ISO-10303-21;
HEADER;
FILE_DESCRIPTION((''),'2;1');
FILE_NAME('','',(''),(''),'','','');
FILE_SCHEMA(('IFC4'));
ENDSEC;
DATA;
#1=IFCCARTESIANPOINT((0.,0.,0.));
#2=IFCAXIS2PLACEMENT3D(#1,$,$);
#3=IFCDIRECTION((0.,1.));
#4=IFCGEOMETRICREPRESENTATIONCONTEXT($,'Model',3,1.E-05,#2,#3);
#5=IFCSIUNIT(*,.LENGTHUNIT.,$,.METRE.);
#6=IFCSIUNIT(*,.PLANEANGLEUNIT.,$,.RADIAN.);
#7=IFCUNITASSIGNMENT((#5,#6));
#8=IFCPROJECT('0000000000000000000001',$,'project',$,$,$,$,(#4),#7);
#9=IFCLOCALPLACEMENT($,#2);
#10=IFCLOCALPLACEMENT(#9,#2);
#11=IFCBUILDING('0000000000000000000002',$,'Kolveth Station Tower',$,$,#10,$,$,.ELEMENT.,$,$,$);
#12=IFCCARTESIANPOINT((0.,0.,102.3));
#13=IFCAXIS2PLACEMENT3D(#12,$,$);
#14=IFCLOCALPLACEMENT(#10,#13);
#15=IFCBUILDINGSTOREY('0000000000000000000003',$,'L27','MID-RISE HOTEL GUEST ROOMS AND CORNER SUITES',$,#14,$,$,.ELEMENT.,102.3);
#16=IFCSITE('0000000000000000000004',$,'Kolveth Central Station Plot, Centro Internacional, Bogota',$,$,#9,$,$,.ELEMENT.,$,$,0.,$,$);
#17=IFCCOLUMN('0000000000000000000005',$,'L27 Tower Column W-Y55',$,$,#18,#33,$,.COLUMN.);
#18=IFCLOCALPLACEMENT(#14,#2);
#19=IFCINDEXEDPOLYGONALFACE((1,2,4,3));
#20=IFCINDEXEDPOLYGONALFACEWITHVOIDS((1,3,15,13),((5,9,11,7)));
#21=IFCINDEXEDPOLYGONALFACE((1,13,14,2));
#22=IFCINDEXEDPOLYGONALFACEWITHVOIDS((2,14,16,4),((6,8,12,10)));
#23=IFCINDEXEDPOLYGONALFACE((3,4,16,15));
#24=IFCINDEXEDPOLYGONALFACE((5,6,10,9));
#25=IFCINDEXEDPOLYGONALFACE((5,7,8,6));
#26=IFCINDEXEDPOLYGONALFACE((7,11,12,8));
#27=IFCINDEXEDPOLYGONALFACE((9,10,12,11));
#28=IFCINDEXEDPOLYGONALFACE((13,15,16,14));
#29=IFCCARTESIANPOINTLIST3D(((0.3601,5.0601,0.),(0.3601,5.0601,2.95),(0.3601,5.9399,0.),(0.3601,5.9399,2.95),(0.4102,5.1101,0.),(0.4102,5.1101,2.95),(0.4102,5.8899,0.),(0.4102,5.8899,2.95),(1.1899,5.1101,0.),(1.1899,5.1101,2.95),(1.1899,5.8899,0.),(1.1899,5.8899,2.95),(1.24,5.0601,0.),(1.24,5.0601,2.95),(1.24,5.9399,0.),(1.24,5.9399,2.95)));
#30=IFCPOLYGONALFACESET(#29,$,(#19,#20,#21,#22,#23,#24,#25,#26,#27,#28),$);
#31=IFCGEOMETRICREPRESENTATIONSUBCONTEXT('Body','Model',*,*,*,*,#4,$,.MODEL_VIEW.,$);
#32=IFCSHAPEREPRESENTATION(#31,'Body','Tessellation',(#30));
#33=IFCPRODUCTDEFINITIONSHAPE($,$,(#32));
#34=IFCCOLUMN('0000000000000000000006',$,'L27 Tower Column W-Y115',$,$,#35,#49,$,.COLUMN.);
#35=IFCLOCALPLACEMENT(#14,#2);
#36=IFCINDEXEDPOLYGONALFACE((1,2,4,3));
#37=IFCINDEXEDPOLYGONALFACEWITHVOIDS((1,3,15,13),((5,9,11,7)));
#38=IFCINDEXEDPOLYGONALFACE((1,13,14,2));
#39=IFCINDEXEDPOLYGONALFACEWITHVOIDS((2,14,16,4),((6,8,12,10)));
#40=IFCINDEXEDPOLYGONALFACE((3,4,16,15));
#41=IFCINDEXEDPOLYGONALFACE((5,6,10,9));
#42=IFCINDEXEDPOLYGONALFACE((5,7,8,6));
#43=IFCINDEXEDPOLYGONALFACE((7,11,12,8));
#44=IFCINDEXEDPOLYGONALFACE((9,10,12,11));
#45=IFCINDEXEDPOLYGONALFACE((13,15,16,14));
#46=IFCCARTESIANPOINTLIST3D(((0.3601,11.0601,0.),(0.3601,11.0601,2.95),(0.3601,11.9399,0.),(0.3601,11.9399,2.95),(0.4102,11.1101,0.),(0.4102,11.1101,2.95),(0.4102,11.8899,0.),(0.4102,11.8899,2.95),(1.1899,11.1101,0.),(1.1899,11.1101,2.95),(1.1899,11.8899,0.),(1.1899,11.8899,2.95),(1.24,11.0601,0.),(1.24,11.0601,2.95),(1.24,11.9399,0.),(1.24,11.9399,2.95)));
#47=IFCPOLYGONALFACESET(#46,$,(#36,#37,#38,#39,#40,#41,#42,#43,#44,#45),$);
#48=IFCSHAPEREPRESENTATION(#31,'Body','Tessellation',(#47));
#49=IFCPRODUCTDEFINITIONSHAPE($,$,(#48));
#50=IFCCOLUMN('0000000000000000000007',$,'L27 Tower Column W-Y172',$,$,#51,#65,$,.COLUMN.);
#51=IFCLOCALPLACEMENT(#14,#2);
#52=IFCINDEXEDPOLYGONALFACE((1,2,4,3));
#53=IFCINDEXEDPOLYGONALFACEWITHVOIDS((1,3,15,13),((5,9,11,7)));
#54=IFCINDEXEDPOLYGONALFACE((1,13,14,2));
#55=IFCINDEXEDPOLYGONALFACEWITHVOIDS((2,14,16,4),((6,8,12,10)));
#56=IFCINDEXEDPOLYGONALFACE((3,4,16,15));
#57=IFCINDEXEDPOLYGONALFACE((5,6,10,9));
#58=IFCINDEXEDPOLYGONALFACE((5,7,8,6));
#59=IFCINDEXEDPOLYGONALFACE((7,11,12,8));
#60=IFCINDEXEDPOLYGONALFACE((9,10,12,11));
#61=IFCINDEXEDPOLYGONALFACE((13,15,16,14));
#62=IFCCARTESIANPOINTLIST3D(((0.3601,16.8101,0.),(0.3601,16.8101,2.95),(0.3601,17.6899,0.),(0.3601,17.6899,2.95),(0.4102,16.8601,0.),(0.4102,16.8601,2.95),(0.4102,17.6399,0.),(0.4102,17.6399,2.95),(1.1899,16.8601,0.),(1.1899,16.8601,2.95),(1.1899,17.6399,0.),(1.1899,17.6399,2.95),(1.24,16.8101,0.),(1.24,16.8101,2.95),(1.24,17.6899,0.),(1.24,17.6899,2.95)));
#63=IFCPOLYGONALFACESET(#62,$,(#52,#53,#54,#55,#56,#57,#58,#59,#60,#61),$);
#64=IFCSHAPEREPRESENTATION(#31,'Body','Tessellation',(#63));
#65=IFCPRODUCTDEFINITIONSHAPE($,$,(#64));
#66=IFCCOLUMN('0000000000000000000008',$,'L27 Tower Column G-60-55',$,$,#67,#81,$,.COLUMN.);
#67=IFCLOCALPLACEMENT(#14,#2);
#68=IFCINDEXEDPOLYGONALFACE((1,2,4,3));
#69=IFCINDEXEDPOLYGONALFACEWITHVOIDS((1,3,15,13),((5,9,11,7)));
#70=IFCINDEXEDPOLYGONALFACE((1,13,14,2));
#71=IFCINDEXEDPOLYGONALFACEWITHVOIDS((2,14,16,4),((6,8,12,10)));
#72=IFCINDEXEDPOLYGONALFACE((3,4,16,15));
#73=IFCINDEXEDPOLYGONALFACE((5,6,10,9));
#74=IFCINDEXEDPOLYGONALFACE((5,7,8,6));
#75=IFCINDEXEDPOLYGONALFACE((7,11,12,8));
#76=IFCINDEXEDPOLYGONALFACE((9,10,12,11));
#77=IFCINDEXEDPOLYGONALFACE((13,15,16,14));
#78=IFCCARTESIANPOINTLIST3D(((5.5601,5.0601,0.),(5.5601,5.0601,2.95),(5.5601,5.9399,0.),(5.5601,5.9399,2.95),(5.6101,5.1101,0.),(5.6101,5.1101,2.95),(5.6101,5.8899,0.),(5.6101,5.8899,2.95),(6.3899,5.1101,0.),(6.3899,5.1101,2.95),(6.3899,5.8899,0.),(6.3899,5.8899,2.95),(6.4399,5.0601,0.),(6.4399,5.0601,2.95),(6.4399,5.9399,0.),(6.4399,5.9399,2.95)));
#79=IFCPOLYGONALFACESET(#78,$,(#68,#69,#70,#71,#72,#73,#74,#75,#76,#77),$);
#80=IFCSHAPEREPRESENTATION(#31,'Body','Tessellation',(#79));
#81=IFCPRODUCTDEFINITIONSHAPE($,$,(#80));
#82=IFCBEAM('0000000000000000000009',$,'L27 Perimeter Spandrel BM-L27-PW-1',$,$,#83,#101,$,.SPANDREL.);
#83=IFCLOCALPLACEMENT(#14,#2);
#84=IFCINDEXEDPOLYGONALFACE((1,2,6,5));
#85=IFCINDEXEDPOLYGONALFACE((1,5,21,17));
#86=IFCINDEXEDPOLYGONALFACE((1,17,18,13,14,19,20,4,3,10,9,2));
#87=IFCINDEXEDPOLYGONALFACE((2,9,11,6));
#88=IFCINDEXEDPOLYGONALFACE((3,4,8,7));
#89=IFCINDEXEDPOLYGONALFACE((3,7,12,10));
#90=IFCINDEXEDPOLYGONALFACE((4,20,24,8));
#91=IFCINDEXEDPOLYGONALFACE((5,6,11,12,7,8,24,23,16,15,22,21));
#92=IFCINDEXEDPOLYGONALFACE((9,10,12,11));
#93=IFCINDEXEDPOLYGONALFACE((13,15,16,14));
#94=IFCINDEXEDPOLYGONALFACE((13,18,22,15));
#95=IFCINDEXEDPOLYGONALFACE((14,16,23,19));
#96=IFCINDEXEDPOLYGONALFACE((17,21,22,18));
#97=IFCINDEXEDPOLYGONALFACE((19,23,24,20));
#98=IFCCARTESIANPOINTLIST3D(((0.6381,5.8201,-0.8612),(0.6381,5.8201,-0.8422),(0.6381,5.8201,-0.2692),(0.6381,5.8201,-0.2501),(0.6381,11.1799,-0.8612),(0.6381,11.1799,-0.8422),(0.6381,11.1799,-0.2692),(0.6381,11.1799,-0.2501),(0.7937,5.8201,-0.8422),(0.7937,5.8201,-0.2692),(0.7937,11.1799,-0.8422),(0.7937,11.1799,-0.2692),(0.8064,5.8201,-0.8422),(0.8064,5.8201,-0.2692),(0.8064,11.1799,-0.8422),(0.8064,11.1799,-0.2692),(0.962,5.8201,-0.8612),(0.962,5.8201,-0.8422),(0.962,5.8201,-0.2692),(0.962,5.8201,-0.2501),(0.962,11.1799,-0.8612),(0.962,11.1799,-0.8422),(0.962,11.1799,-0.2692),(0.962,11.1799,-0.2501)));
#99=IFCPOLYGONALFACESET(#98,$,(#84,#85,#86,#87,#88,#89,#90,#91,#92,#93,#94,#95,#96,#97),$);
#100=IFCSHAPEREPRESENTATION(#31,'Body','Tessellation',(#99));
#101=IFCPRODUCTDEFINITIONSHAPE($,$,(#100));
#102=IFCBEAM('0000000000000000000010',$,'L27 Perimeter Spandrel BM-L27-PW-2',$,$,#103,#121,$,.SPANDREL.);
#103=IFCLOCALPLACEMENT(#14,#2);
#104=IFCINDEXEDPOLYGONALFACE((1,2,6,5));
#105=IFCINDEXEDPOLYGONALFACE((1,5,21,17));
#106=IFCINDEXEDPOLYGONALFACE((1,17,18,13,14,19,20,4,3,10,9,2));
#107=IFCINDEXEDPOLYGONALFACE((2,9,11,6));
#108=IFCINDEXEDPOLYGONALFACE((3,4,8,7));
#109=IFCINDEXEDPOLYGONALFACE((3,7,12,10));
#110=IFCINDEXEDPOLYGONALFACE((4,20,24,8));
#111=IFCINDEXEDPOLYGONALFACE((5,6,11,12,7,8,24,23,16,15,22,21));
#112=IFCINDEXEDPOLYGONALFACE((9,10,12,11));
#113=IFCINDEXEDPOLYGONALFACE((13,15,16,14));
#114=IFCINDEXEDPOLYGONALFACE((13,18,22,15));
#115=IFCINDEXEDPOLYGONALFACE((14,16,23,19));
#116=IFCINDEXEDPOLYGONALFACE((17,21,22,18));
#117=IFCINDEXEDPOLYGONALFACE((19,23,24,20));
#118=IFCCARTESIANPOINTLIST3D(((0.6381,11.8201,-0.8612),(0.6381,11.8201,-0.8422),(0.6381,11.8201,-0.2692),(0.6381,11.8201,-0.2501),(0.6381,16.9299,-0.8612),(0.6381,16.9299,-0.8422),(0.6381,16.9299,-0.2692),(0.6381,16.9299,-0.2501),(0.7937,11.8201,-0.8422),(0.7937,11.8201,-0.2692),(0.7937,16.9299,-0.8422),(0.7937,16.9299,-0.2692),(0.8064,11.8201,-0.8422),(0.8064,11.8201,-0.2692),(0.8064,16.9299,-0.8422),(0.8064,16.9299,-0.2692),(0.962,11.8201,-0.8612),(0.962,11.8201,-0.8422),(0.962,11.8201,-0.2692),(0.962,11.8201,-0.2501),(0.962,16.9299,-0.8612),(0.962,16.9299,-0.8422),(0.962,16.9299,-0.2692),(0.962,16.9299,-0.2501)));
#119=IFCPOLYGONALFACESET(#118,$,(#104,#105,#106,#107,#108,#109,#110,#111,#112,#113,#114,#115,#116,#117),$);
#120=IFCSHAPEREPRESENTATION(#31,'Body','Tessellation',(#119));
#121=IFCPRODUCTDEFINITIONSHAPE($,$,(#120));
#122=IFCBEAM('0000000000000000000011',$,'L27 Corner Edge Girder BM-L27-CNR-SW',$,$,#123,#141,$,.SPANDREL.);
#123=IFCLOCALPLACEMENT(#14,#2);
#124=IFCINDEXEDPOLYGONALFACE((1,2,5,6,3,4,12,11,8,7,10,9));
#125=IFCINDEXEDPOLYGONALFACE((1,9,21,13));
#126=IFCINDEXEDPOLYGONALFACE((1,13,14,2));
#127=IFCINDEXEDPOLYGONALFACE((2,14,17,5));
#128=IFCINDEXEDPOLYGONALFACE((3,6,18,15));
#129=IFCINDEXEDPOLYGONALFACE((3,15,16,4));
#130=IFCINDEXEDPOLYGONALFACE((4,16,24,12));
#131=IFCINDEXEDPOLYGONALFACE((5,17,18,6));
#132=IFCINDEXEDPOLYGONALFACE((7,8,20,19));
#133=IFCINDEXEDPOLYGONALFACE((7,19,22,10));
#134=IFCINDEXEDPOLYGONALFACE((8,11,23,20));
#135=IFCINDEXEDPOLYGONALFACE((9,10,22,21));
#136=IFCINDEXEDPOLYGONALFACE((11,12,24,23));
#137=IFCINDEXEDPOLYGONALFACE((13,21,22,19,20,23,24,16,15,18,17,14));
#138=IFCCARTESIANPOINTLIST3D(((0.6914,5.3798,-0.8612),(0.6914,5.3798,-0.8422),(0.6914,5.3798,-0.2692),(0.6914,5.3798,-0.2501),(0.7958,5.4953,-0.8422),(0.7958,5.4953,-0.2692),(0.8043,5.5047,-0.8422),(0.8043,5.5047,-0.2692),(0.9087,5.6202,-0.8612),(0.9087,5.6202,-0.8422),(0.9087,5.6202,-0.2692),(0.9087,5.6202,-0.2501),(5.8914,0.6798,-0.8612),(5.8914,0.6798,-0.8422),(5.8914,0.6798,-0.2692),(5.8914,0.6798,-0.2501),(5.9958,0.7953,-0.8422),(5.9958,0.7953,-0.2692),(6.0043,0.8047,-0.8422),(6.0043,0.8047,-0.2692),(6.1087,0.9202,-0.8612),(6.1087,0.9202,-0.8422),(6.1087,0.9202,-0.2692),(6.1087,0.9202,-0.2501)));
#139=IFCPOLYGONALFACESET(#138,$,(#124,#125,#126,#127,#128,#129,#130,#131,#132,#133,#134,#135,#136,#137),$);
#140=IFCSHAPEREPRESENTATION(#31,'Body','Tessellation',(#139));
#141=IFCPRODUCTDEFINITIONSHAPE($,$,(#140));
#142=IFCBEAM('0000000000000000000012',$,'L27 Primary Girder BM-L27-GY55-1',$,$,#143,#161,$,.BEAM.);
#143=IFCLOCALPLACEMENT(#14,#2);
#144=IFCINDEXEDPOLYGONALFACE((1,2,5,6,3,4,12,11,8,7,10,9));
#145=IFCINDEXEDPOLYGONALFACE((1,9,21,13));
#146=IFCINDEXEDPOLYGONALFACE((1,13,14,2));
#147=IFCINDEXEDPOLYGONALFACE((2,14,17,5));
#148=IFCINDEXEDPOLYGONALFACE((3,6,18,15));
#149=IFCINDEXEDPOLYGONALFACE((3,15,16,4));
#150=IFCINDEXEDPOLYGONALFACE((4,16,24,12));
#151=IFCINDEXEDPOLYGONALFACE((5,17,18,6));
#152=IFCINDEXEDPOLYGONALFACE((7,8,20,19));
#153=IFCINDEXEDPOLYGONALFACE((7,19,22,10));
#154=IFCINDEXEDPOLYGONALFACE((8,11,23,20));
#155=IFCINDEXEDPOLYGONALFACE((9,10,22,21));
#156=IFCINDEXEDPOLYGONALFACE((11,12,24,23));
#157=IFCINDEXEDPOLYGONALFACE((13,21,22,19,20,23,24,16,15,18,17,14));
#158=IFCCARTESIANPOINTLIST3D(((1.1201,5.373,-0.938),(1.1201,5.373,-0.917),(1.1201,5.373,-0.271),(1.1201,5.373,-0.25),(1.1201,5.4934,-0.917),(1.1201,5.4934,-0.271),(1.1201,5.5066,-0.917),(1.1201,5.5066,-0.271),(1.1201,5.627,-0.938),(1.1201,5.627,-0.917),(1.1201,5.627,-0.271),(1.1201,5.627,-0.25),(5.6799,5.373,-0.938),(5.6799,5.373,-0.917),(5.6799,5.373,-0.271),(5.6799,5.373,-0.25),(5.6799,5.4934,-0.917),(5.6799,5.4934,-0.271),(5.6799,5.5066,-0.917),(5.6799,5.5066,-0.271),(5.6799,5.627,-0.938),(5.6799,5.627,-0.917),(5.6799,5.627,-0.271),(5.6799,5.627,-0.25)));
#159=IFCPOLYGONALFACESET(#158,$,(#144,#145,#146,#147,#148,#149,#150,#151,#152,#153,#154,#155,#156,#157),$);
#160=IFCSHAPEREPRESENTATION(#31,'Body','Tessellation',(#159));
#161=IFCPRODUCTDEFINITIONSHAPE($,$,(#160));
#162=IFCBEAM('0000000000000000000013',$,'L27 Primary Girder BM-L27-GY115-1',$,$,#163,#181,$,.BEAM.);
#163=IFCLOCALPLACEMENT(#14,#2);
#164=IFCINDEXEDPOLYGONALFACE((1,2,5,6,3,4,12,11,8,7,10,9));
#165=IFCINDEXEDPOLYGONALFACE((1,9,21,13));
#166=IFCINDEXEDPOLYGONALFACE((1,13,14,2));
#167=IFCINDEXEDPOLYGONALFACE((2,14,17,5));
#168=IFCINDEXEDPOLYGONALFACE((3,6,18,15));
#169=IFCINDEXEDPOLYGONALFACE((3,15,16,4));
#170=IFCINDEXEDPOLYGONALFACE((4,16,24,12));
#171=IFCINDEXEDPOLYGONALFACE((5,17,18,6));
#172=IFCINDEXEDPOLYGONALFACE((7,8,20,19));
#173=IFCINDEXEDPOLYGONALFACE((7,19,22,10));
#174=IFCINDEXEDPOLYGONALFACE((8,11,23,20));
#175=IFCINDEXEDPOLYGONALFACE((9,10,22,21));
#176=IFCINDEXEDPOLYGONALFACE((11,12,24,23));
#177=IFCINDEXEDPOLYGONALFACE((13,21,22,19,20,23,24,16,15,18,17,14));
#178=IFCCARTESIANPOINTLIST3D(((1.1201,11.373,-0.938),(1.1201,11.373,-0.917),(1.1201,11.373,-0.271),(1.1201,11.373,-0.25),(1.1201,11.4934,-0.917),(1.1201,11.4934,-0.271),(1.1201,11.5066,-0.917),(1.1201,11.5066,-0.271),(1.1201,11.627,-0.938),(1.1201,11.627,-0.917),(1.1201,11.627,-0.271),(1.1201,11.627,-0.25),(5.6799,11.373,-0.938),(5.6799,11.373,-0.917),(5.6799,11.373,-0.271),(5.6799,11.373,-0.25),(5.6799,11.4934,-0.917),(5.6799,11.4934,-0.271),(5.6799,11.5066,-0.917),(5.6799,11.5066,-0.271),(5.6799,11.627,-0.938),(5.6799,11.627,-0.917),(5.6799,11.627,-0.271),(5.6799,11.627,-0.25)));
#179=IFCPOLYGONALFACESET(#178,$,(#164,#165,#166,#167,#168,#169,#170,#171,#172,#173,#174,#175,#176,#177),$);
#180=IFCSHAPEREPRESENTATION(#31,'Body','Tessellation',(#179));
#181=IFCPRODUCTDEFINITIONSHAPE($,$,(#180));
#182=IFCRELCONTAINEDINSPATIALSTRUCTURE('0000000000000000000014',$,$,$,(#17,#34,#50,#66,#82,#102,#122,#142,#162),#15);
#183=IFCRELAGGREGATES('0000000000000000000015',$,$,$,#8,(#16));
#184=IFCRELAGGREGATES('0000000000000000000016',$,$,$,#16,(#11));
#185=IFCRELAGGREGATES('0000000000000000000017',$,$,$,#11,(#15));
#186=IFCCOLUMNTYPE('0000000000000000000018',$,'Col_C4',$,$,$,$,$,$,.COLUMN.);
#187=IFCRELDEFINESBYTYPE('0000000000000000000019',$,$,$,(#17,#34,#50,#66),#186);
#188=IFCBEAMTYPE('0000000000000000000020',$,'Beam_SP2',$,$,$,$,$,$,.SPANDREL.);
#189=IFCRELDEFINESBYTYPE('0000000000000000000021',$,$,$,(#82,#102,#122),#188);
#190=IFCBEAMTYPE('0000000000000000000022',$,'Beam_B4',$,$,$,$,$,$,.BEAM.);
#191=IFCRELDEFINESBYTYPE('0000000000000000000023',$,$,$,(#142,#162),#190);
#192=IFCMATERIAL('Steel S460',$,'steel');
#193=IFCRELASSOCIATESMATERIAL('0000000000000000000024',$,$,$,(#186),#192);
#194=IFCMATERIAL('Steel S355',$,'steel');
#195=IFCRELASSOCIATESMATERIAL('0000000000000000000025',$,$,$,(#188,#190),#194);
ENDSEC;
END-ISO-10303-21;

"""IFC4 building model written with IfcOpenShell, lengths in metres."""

from ifc_helpers import new_model, si_unit, direction, frame, origin, origin_2d, place, context, subcontext, project, spatial, hollow_rectangle, i_section, extrude, source, transform, mapped, material, material_profile, profile_set, type_object, element, save


model = new_model("IFC4")

# Units and contexts
model_context = context("Model", 3, precision=1e-05, world=origin(), true_north=direction((0.0, 1.0)))
body_context = subcontext(model_context, "Body", "Model", "MODEL_VIEW")
ifc_project = project(units=[si_unit("LENGTHUNIT", "METRE"), si_unit("PLANEANGLEUNIT", "RADIAN")], contexts=[model_context])

# Site, building, storey
site_placement = place(None, origin())
site = spatial("IfcSite", under=ifc_project, at=site_placement, Name="Kolveth Central Station Plot, Centro Internacional, Bogota", CompositionType="ELEMENT", RefElevation=0.0)
building_placement = place(site_placement, origin())
building = spatial("IfcBuilding", under=site, at=building_placement, Name="Kolveth Station Tower", CompositionType="ELEMENT")
storey_placement = place(building_placement, frame((0.0, 0.0, 102.3)))
storey = spatial("IfcBuildingStorey", under=building, at=storey_placement, Name="L27", Description="MID-RISE HOTEL GUEST ROOMS AND CORNER SUITES", CompositionType="ELEMENT", Elevation=102.3)

# Columns
ifc_material_1 = material(Name="Steel S460", Category="steel")
ifc_material_profile_1 = material_profile(ifc_material_1, hollow_rectangle(XDim=0.8799, YDim=0.8799, WallThickness=0.05, at=origin_2d()), Name="BOX880x880x50")
ifc_profile_set_1 = profile_set([ifc_material_profile_1], Name="Steel S460")
column_type = type_object("IfcColumnType", Name="Col_C4", PredefinedType="COLUMN", material=ifc_profile_set_1)
shared_shape_1 = source(origin(), body_context, "Body", "SweptSolid", [
    extrude(hollow_rectangle(XDim=0.8799, YDim=0.8799, WallThickness=0.05, at=origin_2d()), origin(), (0.0, 0.0, 1.0), 2.95),
])
for number, where, z_axis, x_axis, name in (
    (1, (0.8, 5.5, 0.0), (0.0, 0.0, 1.0), (1.0, 0.0, 0.0), "L27 Tower Column W-Y55"),
    (2, (0.8, 11.5, 0.0), (0.0, 0.0, 1.0), (1.0, 0.0, 0.0), "L27 Tower Column W-Y115"),
    (3, (0.8, 17.25, 0.0), (0.0, 0.0, 1.0), (1.0, 0.0, 0.0), "L27 Tower Column W-Y172"),
    (4, (6.0, 5.5, 0.0), (0.0, 0.0, 1.0), (1.0, 0.0, 0.0), "L27 Tower Column G-60-55"),
):
    element("IfcColumn", number, at=place(storey_placement, frame(where, z_axis=z_axis, x_axis=x_axis)), inside=storey, type_object=column_type, Name=name, PredefinedType="COLUMN", context=body_context, shape_type="MappedRepresentation", body=[
        mapped(shared_shape_1, transform((0.0, 0.0, 0.0), x_axis=(1.0, 0.0, 0.0), y_axis=(0.0, 1.0, 0.0), z_axis=(0.0, 0.0, 1.0), scale=1.0)),
    ])

# Beams
ifc_material_2 = material(Name="Steel S355", Category="steel")
ifc_material_profile_2 = material_profile(ifc_material_2, i_section(OverallWidth=0.324, OverallDepth=0.6111, WebThickness=0.0127, FlangeThickness=0.019, at=origin_2d()), Name="W610x155")
ifc_profile_set_2 = profile_set([ifc_material_profile_2], Name="Steel S355")
beam_type_1 = type_object("IfcBeamType", Name="Beam_SP2", PredefinedType="SPANDREL", material=ifc_profile_set_2)
shared_shape_2 = source(origin(), body_context, "Body", "SweptSolid", [
    extrude(i_section(OverallWidth=0.324, OverallDepth=0.6111, WebThickness=0.0127, FlangeThickness=0.019, at=origin_2d()), origin(), (0.0, 0.0, 1.0), 5.3599),
])
beam_1_placement = place(storey_placement, frame((0.8, 5.8201, -0.5557), z_axis=(0.0, 1.0, 0.0), x_axis=(-1.0, 0.0, 0.0)))
element("IfcBeam", 5, at=beam_1_placement, inside=storey, type_object=beam_type_1, Name="L27 Perimeter Spandrel BM-L27-PW-1", PredefinedType="SPANDREL", context=body_context, shape_type="MappedRepresentation", body=[
    mapped(shared_shape_2, transform((0.0, 0.0, 0.0), x_axis=(1.0, 0.0, 0.0), y_axis=(0.0, 1.0, 0.0), z_axis=(0.0, 0.0, 1.0), scale=1.0)),
])
shared_shape_3 = source(origin(), body_context, "Body", "SweptSolid", [
    extrude(i_section(OverallWidth=0.324, OverallDepth=0.6111, WebThickness=0.0127, FlangeThickness=0.019, at=origin_2d()), origin(), (0.0, 0.0, 1.0), 5.1099),
])
beam_2_placement = place(storey_placement, frame((0.8, 11.8201, -0.5557), z_axis=(0.0, 1.0, 0.0), x_axis=(-1.0, 0.0, 0.0)))
element("IfcBeam", 6, at=beam_2_placement, inside=storey, type_object=beam_type_1, Name="L27 Perimeter Spandrel BM-L27-PW-2", PredefinedType="SPANDREL", context=body_context, shape_type="MappedRepresentation", body=[
    mapped(shared_shape_3, transform((0.0, 0.0, 0.0), x_axis=(1.0, 0.0, 0.0), y_axis=(0.0, 1.0, 0.0), z_axis=(0.0, 0.0, 1.0), scale=1.0)),
])
shared_shape_4 = source(origin(), body_context, "Body", "SweptSolid", [
    extrude(i_section(OverallWidth=0.324, OverallDepth=0.6111, WebThickness=0.0127, FlangeThickness=0.019, at=origin_2d()), origin(), (0.0, 0.0, 1.0), 7.0093),
])
beam_3_placement = place(storey_placement, frame((0.8, 5.5, -0.5557), z_axis=(0.741874, -0.670539, 0.0), x_axis=(0.670539, 0.741874, 0.0)))
element("IfcBeam", 7, at=beam_3_placement, inside=storey, type_object=beam_type_1, Name="L27 Corner Edge Girder BM-L27-CNR-SW", PredefinedType="SPANDREL", context=body_context, shape_type="MappedRepresentation", body=[
    mapped(shared_shape_4, transform((0.0, 0.0, 0.0), x_axis=(1.0, 0.0, 0.0), y_axis=(0.0, 1.0, 0.0), z_axis=(0.0, 0.0, 1.0), scale=1.0)),
])
ifc_material_profile_3 = material_profile(ifc_material_2, i_section(OverallWidth=0.2539, OverallDepth=0.688, WebThickness=0.0132, FlangeThickness=0.021, at=origin_2d()), Name="W690x152")
ifc_profile_set_3 = profile_set([ifc_material_profile_3], Name="Steel S355")
beam_type_2 = type_object("IfcBeamType", Name="Beam_B4", PredefinedType="BEAM", material=ifc_profile_set_3)
shared_shape_5 = source(origin(), body_context, "Body", "SweptSolid", [
    extrude(i_section(OverallWidth=0.2539, OverallDepth=0.688, WebThickness=0.0132, FlangeThickness=0.021, at=origin_2d()), origin(), (0.0, 0.0, 1.0), 4.5598),
])
for number, where, z_axis, x_axis, name in (
    (8, (1.1201, 5.5, -0.594), (1.0, 0.0, 0.0), (0.0, 1.0, 0.0), "L27 Primary Girder BM-L27-GY55-1"),
    (9, (1.1201, 11.5, -0.594), (1.0, 0.0, 0.0), (0.0, 1.0, 0.0), "L27 Primary Girder BM-L27-GY115-1"),
):
    element("IfcBeam", number, at=place(storey_placement, frame(where, z_axis=z_axis, x_axis=x_axis)), inside=storey, type_object=beam_type_2, Name=name, PredefinedType="BEAM", context=body_context, shape_type="MappedRepresentation", body=[
        mapped(shared_shape_5, transform((0.0, 0.0, 0.0), x_axis=(1.0, 0.0, 0.0), y_axis=(0.0, 1.0, 0.0), z_axis=(0.0, 0.0, 1.0), scale=1.0)),
    ])

save(model, "model.ifc")
